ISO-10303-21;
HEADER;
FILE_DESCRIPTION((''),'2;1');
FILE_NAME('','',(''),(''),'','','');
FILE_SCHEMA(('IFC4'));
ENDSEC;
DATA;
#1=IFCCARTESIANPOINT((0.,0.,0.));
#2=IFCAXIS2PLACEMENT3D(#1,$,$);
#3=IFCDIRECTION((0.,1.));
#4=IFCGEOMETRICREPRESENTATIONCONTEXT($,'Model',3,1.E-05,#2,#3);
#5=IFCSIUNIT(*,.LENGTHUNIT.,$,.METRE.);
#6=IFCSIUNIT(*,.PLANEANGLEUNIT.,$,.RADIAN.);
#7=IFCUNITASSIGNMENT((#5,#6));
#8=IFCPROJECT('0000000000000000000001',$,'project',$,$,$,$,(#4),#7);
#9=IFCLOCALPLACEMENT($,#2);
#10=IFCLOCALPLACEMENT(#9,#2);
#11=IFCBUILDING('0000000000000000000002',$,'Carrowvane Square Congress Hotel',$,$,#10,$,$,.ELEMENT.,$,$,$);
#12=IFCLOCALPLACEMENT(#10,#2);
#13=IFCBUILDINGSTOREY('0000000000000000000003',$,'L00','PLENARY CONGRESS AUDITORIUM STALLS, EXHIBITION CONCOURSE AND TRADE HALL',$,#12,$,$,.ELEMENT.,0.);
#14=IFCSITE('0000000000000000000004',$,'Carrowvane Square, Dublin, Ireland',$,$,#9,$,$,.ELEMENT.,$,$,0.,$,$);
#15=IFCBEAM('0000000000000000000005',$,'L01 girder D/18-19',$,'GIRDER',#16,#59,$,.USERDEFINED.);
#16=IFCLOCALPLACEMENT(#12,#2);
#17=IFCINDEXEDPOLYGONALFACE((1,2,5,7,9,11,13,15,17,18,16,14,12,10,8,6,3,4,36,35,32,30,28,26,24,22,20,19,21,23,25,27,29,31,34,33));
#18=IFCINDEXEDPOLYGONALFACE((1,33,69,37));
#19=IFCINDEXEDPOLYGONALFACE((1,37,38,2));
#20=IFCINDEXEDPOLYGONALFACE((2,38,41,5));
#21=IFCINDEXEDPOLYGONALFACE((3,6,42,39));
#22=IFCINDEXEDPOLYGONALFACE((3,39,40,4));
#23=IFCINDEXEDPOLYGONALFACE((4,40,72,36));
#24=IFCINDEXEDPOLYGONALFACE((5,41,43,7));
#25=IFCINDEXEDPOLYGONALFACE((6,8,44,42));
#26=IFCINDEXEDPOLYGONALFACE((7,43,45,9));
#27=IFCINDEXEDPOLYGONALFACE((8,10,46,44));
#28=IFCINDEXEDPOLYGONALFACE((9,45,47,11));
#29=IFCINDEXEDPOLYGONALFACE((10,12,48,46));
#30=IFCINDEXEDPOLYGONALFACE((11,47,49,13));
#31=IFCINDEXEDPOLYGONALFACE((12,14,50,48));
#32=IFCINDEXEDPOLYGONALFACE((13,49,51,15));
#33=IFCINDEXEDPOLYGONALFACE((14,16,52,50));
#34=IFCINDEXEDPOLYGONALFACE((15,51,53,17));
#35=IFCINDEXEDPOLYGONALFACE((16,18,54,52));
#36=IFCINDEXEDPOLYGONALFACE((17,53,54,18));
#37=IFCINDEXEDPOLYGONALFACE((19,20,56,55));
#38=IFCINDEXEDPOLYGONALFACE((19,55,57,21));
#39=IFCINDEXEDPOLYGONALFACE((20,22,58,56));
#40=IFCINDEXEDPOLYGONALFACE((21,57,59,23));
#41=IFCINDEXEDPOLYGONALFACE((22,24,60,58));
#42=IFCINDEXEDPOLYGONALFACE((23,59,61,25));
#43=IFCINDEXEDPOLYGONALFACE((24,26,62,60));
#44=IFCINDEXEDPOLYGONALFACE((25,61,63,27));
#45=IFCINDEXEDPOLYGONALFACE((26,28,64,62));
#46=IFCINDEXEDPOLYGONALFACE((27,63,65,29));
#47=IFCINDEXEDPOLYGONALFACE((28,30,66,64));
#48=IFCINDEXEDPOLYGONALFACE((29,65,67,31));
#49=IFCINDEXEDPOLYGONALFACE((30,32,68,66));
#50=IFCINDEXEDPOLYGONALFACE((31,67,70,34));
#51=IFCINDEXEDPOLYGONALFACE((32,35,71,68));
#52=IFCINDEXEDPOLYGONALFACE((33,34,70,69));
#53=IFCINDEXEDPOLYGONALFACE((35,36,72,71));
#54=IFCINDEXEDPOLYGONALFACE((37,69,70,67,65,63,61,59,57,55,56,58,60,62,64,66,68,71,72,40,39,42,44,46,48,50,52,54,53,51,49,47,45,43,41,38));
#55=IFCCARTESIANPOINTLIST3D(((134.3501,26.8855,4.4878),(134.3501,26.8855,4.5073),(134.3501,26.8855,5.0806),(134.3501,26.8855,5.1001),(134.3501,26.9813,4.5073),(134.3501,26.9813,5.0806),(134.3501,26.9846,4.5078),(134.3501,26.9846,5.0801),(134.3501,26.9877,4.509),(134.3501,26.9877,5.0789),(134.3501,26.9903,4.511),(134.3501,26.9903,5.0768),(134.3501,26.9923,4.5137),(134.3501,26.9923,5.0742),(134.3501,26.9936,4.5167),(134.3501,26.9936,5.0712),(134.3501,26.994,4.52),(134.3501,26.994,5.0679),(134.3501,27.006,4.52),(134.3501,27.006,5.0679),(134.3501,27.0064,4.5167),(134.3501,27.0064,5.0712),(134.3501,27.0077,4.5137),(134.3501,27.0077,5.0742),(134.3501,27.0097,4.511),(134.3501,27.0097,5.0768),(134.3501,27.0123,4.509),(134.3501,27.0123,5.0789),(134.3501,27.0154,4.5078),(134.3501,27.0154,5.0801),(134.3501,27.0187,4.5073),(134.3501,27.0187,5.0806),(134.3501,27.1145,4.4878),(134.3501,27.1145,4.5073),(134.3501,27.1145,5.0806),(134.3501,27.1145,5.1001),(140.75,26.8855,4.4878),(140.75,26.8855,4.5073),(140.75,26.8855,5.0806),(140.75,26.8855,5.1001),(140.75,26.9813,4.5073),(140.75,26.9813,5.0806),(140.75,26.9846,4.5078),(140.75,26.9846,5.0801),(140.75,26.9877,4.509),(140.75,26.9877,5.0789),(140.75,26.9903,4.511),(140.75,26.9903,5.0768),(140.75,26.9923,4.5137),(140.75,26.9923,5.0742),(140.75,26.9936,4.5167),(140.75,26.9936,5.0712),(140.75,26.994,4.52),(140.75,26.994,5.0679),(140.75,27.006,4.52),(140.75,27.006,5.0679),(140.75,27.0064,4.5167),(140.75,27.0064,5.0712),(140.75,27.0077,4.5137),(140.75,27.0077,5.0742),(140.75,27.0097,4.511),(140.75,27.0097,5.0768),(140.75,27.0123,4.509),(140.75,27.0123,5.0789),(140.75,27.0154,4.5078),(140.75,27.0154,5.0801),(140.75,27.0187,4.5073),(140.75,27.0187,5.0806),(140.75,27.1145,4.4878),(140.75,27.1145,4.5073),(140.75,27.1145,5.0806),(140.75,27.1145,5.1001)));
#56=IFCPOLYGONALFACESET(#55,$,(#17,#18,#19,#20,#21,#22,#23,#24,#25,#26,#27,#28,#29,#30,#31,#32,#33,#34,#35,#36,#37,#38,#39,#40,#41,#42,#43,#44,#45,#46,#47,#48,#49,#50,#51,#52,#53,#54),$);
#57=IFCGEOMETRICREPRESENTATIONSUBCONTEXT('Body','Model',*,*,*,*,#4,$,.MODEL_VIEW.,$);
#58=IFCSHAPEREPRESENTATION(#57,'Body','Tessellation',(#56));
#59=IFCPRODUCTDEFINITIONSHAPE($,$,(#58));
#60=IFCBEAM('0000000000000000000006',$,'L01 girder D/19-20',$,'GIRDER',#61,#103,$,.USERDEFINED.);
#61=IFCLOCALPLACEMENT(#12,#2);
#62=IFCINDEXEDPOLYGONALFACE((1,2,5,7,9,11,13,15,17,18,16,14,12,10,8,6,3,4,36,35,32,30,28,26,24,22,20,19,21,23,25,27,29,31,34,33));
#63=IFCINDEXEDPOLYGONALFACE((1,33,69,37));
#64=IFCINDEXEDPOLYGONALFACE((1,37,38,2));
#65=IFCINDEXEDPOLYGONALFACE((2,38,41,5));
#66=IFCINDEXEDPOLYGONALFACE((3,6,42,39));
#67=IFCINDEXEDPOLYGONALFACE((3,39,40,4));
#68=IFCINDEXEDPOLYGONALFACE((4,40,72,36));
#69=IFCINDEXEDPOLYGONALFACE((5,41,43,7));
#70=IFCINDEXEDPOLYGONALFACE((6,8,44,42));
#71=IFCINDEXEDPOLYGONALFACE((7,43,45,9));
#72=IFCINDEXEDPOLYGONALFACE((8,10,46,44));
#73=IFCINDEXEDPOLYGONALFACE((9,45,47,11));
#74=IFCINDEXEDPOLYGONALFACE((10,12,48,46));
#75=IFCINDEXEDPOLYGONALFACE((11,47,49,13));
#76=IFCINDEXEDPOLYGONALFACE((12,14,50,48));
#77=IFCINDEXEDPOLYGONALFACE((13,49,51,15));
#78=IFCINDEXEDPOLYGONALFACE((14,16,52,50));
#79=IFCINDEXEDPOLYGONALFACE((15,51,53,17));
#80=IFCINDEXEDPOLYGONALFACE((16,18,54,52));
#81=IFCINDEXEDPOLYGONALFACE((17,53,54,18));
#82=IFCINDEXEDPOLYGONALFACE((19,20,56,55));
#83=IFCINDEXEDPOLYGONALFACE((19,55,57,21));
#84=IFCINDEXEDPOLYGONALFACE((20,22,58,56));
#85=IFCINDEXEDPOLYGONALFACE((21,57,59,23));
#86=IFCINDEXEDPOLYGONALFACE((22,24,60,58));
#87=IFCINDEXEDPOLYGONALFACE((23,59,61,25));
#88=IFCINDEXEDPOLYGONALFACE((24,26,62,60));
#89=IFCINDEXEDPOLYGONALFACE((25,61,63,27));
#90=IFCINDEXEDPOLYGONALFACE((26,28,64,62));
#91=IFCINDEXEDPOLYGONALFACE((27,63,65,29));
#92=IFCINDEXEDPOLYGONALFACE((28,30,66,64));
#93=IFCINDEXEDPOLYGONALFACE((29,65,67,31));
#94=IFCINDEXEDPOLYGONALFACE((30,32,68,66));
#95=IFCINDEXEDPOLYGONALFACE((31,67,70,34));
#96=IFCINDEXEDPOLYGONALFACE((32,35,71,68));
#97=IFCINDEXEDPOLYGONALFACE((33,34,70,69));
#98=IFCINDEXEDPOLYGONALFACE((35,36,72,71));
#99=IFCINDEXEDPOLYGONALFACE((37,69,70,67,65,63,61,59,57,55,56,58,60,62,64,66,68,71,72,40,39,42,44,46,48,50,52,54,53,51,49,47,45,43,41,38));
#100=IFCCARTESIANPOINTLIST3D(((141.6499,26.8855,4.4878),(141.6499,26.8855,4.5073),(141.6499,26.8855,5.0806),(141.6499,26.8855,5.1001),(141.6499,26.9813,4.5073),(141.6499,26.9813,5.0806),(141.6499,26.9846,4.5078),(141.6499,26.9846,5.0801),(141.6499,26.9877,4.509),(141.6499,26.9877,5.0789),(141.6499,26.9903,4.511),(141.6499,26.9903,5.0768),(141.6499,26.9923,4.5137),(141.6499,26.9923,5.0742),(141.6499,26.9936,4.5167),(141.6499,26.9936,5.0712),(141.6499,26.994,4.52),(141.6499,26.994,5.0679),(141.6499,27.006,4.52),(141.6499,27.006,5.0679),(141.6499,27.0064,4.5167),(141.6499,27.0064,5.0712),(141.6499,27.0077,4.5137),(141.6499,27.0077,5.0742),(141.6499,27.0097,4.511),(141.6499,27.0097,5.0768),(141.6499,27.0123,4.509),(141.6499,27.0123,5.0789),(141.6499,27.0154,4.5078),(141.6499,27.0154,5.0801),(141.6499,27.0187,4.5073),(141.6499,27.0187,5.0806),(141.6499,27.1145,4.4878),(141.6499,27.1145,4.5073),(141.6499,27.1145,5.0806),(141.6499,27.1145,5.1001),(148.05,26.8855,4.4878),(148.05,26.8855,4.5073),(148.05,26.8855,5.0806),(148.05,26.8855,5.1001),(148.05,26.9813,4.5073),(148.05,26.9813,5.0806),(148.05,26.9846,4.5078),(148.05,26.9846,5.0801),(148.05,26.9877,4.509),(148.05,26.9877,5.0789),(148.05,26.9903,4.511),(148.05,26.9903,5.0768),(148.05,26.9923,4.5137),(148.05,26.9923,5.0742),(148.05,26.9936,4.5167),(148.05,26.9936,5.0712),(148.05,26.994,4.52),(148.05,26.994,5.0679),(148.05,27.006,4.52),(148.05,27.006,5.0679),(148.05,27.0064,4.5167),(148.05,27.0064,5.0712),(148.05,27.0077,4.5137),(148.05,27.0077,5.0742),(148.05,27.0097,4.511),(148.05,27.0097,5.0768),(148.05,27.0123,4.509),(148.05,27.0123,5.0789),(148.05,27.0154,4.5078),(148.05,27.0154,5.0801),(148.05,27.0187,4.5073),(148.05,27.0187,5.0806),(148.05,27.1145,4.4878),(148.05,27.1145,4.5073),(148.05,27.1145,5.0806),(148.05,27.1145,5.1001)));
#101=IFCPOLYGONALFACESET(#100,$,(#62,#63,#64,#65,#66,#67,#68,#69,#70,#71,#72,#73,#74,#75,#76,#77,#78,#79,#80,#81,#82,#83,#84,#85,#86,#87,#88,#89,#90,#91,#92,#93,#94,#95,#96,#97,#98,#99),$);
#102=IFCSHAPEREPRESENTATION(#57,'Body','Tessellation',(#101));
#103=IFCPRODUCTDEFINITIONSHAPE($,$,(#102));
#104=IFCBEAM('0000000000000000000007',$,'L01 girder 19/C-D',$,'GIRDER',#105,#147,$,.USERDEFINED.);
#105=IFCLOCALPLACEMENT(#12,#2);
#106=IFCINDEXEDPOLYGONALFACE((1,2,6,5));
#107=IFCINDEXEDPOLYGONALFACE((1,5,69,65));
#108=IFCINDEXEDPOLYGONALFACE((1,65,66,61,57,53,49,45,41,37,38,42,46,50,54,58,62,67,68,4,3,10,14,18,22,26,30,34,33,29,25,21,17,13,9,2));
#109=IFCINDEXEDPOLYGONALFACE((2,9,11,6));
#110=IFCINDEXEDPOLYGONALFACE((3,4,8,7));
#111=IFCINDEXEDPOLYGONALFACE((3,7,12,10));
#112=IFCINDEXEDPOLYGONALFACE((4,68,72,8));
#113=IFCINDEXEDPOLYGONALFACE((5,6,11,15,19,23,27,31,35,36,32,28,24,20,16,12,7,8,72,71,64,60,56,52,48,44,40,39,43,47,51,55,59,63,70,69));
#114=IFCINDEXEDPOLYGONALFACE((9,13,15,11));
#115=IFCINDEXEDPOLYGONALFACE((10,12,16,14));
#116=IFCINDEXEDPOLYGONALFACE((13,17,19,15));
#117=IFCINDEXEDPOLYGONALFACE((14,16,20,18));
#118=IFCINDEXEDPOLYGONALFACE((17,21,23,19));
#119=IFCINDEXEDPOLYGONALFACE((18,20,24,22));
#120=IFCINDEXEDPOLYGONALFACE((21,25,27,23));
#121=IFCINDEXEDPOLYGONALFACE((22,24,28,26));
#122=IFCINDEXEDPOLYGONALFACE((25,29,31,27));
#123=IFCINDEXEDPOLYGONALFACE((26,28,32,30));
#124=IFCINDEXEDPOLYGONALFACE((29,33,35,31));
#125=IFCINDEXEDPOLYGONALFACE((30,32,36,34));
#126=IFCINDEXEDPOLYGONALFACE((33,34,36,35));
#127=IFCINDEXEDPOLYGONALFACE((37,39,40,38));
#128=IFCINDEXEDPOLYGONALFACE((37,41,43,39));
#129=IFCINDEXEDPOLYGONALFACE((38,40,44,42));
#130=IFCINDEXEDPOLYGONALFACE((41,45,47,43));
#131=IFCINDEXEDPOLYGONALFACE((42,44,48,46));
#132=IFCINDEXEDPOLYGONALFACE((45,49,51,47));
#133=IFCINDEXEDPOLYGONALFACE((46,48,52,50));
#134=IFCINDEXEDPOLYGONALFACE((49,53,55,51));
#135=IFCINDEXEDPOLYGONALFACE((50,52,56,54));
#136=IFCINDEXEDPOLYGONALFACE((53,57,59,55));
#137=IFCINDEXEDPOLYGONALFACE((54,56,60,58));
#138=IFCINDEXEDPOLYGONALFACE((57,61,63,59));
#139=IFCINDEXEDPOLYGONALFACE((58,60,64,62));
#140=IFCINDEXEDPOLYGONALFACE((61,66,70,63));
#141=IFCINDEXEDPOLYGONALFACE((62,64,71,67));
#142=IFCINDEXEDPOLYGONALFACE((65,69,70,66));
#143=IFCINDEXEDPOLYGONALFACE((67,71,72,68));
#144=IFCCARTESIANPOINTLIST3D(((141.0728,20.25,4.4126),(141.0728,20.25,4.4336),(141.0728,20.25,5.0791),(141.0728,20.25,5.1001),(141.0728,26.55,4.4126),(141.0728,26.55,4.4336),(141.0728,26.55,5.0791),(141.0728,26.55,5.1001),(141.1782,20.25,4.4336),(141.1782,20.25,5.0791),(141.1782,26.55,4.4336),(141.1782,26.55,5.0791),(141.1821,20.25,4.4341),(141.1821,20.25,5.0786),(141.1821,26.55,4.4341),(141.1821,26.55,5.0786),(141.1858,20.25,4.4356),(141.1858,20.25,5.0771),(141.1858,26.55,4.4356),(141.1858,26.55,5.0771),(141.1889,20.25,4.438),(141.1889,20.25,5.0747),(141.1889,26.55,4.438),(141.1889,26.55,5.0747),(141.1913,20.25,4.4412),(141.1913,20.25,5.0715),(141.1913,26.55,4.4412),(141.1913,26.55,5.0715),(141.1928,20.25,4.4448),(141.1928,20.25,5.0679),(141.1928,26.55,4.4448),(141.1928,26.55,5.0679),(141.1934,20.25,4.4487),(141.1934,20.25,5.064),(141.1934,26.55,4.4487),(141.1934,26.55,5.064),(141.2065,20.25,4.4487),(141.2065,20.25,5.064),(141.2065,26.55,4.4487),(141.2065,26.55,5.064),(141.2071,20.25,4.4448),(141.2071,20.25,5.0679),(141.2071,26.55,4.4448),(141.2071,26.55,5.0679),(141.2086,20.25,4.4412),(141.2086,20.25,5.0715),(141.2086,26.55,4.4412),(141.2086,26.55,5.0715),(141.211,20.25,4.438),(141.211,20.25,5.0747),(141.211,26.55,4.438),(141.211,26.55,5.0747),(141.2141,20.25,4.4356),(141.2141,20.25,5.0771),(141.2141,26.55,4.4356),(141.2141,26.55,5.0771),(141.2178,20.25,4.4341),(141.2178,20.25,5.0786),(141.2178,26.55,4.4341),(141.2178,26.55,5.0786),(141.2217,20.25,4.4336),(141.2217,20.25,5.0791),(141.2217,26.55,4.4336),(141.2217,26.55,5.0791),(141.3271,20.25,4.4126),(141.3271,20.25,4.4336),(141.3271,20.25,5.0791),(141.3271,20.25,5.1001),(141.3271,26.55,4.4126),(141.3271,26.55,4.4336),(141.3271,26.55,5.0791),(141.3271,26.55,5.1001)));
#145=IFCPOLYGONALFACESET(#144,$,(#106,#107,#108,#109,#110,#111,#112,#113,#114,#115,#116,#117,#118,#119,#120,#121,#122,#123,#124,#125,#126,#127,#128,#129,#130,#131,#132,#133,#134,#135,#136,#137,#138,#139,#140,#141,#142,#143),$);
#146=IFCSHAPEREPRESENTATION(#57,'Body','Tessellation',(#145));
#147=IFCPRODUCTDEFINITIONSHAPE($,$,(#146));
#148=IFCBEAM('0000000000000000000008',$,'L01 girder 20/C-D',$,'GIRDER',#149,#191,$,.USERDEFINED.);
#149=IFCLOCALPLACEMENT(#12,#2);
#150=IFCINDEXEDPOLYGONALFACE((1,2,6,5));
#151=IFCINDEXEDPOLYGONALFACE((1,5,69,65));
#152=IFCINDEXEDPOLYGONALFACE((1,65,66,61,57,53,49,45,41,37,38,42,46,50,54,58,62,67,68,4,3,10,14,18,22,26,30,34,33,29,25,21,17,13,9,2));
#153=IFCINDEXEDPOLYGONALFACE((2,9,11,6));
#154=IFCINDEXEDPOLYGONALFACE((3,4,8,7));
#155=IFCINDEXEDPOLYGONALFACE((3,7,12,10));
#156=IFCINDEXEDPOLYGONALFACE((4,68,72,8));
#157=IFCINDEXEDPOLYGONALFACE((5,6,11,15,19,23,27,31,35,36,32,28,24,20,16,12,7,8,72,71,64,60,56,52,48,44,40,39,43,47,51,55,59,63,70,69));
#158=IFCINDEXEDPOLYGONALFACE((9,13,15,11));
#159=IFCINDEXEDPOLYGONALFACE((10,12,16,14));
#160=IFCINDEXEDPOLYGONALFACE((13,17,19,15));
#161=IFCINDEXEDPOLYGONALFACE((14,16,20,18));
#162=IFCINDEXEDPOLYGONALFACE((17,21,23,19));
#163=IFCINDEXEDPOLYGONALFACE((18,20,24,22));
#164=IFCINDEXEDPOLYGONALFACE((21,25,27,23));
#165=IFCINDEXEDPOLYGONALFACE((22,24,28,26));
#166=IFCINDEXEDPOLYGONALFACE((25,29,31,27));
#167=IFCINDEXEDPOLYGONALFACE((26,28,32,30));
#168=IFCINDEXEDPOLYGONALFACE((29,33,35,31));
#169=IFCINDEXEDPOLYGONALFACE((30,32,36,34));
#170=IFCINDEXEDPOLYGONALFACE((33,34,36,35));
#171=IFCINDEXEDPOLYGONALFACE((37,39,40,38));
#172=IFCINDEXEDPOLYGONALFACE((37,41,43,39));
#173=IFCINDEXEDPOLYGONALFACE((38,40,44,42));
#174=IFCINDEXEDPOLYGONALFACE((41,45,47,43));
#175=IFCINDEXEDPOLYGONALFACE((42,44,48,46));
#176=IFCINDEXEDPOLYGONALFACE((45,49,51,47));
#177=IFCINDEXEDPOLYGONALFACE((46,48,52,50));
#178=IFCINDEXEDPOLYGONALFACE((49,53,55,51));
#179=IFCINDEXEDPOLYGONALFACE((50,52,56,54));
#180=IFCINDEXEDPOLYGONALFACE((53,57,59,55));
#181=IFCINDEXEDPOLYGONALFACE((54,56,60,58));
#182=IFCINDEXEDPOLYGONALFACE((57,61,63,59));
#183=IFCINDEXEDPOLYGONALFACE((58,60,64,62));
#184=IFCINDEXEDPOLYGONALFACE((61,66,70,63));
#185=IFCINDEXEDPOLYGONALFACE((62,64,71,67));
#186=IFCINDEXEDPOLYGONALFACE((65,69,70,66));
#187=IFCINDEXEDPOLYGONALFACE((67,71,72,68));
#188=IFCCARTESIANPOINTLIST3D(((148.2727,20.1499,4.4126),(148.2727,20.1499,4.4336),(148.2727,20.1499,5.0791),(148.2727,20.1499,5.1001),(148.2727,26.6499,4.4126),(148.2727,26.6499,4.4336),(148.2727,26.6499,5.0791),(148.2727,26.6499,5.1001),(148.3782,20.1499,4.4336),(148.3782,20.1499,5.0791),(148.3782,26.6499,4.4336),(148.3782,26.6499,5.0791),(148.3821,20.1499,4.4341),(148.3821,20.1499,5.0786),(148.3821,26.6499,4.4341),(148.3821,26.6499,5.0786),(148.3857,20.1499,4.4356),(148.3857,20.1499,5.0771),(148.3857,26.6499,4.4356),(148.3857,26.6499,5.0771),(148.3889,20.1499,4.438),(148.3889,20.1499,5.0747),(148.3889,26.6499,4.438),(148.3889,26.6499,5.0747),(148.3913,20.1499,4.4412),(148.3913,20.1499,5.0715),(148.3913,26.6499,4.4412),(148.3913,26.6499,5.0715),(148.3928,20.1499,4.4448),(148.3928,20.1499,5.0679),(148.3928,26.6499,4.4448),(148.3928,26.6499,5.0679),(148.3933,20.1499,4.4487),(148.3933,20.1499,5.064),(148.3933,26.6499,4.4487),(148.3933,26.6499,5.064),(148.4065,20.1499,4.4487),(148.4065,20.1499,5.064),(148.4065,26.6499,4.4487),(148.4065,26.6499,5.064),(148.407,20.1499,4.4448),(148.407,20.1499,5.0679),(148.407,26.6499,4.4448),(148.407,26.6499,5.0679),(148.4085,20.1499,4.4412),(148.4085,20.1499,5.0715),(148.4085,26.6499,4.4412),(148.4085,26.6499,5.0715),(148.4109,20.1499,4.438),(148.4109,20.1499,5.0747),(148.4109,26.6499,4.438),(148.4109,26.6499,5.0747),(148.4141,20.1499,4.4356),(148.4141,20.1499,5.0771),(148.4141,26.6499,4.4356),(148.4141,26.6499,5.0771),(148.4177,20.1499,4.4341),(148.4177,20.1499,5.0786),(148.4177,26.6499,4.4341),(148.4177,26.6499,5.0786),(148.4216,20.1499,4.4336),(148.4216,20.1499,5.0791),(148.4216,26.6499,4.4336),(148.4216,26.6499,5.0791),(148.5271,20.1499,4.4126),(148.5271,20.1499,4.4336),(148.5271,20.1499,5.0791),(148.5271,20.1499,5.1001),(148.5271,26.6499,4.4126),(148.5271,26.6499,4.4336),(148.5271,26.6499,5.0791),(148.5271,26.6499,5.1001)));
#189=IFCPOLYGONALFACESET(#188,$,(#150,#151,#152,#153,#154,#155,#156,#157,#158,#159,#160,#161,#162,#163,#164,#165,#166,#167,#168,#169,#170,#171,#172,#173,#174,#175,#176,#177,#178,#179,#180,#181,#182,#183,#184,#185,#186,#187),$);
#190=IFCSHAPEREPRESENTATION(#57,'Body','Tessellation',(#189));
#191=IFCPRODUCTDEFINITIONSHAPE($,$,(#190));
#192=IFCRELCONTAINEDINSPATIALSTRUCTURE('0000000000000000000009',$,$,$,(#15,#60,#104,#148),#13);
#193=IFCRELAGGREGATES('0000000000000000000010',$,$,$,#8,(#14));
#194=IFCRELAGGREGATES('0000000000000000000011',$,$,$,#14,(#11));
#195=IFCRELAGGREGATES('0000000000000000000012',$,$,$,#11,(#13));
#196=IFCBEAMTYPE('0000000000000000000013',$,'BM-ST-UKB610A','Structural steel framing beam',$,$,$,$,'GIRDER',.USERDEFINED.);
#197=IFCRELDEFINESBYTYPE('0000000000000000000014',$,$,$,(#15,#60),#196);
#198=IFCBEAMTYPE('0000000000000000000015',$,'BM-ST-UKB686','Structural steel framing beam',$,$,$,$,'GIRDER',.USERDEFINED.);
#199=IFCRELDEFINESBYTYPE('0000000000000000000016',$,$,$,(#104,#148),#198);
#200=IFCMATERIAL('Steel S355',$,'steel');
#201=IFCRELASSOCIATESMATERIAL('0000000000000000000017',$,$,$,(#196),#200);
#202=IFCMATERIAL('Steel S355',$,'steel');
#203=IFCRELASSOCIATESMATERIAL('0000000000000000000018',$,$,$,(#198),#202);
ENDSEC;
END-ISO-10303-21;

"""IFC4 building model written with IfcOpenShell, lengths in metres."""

from ifc_helpers import new_model, si_unit, direction, frame, origin, origin_2d, place, context, subcontext, project, spatial, i_section, extrude, material, material_profile, profile_set, type_object, element, save


model = new_model("IFC4")

# Units and contexts
model_context = context("Model", 3, precision=1e-05, world=origin(), true_north=direction((0.0, 1.0)))
body_context = subcontext(model_context, "Body", "Model", "MODEL_VIEW")
ifc_project = project(units=[si_unit("LENGTHUNIT", "METRE"), si_unit("PLANEANGLEUNIT", "RADIAN")], contexts=[model_context])

# Site, building, storey
site_placement = place(None, origin())
site = spatial("IfcSite", under=ifc_project, at=site_placement, Name="Carrowvane Square, Dublin, Ireland", CompositionType="ELEMENT", RefElevation=0.0)
building_placement = place(site_placement, origin())
building = spatial("IfcBuilding", under=site, at=building_placement, Name="Carrowvane Square Congress Hotel", CompositionType="ELEMENT")
storey_placement = place(building_placement, origin())
storey = spatial("IfcBuildingStorey", under=building, at=storey_placement, Name="L00", Description="PLENARY CONGRESS AUDITORIUM STALLS, EXHIBITION CONCOURSE AND TRADE HALL", CompositionType="ELEMENT", Elevation=0.0)

# Beams
ifc_material_1 = material(Name="Steel S355", Category="steel")
ifc_material_profile_1 = material_profile(ifc_material_1, i_section(OverallWidth=0.229, OverallDepth=0.6123, WebThickness=0.012, FlangeThickness=0.0195, FilletRadius=0.0127, at=origin_2d()), Name="UKB 610x229x125")
ifc_profile_set_1 = profile_set([ifc_material_profile_1], Name="Steel S355")
beam_type_1 = type_object("IfcBeamType", Name="BM-ST-UKB610A", Description="Structural steel framing beam", ElementType="GIRDER", PredefinedType="USERDEFINED", material=ifc_profile_set_1)
beam_1_placement = place(storey_placement, frame((134.3501, 27.0, 4.7939), z_axis=(1.0, 0.0, 0.0), x_axis=(0.0, 1.0, 0.0)))
element("IfcBeam", 1, at=beam_1_placement, inside=storey, type_object=beam_type_1, Name="L01 girder D/18-19", ObjectType="GIRDER", PredefinedType="USERDEFINED", context=body_context, shape_type="SweptSolid", body=[
    extrude(i_section(OverallWidth=0.229, OverallDepth=0.6123, WebThickness=0.012, FlangeThickness=0.0195, FilletRadius=0.0127, at=origin_2d()), origin(), (0.0, 0.0, 1.0), 6.3999),
])
beam_2_placement = place(storey_placement, frame((141.6499, 27.0, 4.7939), z_axis=(1.0, 0.0, 0.0), x_axis=(0.0, 1.0, 0.0)))
element("IfcBeam", 2, at=beam_2_placement, inside=storey, type_object=beam_type_1, Name="L01 girder D/19-20", ObjectType="GIRDER", PredefinedType="USERDEFINED", context=body_context, shape_type="SweptSolid", body=[
    extrude(i_section(OverallWidth=0.229, OverallDepth=0.6123, WebThickness=0.012, FlangeThickness=0.0195, FilletRadius=0.0127, at=origin_2d()), origin(), (0.0, 0.0, 1.0), 6.4001),
])
ifc_material_2 = material(Name="Steel S355", Category="steel")
ifc_material_profile_2 = material_profile(ifc_material_2, i_section(OverallWidth=0.2544, OverallDepth=0.6875, WebThickness=0.0132, FlangeThickness=0.021, FilletRadius=0.0151, at=origin_2d()), Name="UKB 686x254x152")
ifc_profile_set_2 = profile_set([ifc_material_profile_2], Name="Steel S355")
beam_type_2 = type_object("IfcBeamType", Name="BM-ST-UKB686", Description="Structural steel framing beam", ElementType="GIRDER", PredefinedType="USERDEFINED", material=ifc_profile_set_2)
beam_3_placement = place(storey_placement, frame((141.2, 20.25, 4.7563), z_axis=(0.0, 1.0, 0.0), x_axis=(-1.0, 0.0, 0.0)))
element("IfcBeam", 3, at=beam_3_placement, inside=storey, type_object=beam_type_2, Name="L01 girder 19/C-D", ObjectType="GIRDER", PredefinedType="USERDEFINED", context=body_context, shape_type="SweptSolid", body=[
    extrude(i_section(OverallWidth=0.2544, OverallDepth=0.6875, WebThickness=0.0132, FlangeThickness=0.021, FilletRadius=0.0151, at=origin_2d()), origin(), (0.0, 0.0, 1.0), 6.3),
])
beam_4_placement = place(storey_placement, frame((148.3999, 20.1499, 4.7563), z_axis=(0.0, 1.0, 0.0), x_axis=(-1.0, 0.0, 0.0)))
element("IfcBeam", 4, at=beam_4_placement, inside=storey, type_object=beam_type_2, Name="L01 girder 20/C-D", ObjectType="GIRDER", PredefinedType="USERDEFINED", context=body_context, shape_type="SweptSolid", body=[
    extrude(i_section(OverallWidth=0.2544, OverallDepth=0.6875, WebThickness=0.0132, FlangeThickness=0.021, FilletRadius=0.0151, at=origin_2d()), origin(), (0.0, 0.0, 1.0), 6.5),
])

save(model, "model.ifc")
